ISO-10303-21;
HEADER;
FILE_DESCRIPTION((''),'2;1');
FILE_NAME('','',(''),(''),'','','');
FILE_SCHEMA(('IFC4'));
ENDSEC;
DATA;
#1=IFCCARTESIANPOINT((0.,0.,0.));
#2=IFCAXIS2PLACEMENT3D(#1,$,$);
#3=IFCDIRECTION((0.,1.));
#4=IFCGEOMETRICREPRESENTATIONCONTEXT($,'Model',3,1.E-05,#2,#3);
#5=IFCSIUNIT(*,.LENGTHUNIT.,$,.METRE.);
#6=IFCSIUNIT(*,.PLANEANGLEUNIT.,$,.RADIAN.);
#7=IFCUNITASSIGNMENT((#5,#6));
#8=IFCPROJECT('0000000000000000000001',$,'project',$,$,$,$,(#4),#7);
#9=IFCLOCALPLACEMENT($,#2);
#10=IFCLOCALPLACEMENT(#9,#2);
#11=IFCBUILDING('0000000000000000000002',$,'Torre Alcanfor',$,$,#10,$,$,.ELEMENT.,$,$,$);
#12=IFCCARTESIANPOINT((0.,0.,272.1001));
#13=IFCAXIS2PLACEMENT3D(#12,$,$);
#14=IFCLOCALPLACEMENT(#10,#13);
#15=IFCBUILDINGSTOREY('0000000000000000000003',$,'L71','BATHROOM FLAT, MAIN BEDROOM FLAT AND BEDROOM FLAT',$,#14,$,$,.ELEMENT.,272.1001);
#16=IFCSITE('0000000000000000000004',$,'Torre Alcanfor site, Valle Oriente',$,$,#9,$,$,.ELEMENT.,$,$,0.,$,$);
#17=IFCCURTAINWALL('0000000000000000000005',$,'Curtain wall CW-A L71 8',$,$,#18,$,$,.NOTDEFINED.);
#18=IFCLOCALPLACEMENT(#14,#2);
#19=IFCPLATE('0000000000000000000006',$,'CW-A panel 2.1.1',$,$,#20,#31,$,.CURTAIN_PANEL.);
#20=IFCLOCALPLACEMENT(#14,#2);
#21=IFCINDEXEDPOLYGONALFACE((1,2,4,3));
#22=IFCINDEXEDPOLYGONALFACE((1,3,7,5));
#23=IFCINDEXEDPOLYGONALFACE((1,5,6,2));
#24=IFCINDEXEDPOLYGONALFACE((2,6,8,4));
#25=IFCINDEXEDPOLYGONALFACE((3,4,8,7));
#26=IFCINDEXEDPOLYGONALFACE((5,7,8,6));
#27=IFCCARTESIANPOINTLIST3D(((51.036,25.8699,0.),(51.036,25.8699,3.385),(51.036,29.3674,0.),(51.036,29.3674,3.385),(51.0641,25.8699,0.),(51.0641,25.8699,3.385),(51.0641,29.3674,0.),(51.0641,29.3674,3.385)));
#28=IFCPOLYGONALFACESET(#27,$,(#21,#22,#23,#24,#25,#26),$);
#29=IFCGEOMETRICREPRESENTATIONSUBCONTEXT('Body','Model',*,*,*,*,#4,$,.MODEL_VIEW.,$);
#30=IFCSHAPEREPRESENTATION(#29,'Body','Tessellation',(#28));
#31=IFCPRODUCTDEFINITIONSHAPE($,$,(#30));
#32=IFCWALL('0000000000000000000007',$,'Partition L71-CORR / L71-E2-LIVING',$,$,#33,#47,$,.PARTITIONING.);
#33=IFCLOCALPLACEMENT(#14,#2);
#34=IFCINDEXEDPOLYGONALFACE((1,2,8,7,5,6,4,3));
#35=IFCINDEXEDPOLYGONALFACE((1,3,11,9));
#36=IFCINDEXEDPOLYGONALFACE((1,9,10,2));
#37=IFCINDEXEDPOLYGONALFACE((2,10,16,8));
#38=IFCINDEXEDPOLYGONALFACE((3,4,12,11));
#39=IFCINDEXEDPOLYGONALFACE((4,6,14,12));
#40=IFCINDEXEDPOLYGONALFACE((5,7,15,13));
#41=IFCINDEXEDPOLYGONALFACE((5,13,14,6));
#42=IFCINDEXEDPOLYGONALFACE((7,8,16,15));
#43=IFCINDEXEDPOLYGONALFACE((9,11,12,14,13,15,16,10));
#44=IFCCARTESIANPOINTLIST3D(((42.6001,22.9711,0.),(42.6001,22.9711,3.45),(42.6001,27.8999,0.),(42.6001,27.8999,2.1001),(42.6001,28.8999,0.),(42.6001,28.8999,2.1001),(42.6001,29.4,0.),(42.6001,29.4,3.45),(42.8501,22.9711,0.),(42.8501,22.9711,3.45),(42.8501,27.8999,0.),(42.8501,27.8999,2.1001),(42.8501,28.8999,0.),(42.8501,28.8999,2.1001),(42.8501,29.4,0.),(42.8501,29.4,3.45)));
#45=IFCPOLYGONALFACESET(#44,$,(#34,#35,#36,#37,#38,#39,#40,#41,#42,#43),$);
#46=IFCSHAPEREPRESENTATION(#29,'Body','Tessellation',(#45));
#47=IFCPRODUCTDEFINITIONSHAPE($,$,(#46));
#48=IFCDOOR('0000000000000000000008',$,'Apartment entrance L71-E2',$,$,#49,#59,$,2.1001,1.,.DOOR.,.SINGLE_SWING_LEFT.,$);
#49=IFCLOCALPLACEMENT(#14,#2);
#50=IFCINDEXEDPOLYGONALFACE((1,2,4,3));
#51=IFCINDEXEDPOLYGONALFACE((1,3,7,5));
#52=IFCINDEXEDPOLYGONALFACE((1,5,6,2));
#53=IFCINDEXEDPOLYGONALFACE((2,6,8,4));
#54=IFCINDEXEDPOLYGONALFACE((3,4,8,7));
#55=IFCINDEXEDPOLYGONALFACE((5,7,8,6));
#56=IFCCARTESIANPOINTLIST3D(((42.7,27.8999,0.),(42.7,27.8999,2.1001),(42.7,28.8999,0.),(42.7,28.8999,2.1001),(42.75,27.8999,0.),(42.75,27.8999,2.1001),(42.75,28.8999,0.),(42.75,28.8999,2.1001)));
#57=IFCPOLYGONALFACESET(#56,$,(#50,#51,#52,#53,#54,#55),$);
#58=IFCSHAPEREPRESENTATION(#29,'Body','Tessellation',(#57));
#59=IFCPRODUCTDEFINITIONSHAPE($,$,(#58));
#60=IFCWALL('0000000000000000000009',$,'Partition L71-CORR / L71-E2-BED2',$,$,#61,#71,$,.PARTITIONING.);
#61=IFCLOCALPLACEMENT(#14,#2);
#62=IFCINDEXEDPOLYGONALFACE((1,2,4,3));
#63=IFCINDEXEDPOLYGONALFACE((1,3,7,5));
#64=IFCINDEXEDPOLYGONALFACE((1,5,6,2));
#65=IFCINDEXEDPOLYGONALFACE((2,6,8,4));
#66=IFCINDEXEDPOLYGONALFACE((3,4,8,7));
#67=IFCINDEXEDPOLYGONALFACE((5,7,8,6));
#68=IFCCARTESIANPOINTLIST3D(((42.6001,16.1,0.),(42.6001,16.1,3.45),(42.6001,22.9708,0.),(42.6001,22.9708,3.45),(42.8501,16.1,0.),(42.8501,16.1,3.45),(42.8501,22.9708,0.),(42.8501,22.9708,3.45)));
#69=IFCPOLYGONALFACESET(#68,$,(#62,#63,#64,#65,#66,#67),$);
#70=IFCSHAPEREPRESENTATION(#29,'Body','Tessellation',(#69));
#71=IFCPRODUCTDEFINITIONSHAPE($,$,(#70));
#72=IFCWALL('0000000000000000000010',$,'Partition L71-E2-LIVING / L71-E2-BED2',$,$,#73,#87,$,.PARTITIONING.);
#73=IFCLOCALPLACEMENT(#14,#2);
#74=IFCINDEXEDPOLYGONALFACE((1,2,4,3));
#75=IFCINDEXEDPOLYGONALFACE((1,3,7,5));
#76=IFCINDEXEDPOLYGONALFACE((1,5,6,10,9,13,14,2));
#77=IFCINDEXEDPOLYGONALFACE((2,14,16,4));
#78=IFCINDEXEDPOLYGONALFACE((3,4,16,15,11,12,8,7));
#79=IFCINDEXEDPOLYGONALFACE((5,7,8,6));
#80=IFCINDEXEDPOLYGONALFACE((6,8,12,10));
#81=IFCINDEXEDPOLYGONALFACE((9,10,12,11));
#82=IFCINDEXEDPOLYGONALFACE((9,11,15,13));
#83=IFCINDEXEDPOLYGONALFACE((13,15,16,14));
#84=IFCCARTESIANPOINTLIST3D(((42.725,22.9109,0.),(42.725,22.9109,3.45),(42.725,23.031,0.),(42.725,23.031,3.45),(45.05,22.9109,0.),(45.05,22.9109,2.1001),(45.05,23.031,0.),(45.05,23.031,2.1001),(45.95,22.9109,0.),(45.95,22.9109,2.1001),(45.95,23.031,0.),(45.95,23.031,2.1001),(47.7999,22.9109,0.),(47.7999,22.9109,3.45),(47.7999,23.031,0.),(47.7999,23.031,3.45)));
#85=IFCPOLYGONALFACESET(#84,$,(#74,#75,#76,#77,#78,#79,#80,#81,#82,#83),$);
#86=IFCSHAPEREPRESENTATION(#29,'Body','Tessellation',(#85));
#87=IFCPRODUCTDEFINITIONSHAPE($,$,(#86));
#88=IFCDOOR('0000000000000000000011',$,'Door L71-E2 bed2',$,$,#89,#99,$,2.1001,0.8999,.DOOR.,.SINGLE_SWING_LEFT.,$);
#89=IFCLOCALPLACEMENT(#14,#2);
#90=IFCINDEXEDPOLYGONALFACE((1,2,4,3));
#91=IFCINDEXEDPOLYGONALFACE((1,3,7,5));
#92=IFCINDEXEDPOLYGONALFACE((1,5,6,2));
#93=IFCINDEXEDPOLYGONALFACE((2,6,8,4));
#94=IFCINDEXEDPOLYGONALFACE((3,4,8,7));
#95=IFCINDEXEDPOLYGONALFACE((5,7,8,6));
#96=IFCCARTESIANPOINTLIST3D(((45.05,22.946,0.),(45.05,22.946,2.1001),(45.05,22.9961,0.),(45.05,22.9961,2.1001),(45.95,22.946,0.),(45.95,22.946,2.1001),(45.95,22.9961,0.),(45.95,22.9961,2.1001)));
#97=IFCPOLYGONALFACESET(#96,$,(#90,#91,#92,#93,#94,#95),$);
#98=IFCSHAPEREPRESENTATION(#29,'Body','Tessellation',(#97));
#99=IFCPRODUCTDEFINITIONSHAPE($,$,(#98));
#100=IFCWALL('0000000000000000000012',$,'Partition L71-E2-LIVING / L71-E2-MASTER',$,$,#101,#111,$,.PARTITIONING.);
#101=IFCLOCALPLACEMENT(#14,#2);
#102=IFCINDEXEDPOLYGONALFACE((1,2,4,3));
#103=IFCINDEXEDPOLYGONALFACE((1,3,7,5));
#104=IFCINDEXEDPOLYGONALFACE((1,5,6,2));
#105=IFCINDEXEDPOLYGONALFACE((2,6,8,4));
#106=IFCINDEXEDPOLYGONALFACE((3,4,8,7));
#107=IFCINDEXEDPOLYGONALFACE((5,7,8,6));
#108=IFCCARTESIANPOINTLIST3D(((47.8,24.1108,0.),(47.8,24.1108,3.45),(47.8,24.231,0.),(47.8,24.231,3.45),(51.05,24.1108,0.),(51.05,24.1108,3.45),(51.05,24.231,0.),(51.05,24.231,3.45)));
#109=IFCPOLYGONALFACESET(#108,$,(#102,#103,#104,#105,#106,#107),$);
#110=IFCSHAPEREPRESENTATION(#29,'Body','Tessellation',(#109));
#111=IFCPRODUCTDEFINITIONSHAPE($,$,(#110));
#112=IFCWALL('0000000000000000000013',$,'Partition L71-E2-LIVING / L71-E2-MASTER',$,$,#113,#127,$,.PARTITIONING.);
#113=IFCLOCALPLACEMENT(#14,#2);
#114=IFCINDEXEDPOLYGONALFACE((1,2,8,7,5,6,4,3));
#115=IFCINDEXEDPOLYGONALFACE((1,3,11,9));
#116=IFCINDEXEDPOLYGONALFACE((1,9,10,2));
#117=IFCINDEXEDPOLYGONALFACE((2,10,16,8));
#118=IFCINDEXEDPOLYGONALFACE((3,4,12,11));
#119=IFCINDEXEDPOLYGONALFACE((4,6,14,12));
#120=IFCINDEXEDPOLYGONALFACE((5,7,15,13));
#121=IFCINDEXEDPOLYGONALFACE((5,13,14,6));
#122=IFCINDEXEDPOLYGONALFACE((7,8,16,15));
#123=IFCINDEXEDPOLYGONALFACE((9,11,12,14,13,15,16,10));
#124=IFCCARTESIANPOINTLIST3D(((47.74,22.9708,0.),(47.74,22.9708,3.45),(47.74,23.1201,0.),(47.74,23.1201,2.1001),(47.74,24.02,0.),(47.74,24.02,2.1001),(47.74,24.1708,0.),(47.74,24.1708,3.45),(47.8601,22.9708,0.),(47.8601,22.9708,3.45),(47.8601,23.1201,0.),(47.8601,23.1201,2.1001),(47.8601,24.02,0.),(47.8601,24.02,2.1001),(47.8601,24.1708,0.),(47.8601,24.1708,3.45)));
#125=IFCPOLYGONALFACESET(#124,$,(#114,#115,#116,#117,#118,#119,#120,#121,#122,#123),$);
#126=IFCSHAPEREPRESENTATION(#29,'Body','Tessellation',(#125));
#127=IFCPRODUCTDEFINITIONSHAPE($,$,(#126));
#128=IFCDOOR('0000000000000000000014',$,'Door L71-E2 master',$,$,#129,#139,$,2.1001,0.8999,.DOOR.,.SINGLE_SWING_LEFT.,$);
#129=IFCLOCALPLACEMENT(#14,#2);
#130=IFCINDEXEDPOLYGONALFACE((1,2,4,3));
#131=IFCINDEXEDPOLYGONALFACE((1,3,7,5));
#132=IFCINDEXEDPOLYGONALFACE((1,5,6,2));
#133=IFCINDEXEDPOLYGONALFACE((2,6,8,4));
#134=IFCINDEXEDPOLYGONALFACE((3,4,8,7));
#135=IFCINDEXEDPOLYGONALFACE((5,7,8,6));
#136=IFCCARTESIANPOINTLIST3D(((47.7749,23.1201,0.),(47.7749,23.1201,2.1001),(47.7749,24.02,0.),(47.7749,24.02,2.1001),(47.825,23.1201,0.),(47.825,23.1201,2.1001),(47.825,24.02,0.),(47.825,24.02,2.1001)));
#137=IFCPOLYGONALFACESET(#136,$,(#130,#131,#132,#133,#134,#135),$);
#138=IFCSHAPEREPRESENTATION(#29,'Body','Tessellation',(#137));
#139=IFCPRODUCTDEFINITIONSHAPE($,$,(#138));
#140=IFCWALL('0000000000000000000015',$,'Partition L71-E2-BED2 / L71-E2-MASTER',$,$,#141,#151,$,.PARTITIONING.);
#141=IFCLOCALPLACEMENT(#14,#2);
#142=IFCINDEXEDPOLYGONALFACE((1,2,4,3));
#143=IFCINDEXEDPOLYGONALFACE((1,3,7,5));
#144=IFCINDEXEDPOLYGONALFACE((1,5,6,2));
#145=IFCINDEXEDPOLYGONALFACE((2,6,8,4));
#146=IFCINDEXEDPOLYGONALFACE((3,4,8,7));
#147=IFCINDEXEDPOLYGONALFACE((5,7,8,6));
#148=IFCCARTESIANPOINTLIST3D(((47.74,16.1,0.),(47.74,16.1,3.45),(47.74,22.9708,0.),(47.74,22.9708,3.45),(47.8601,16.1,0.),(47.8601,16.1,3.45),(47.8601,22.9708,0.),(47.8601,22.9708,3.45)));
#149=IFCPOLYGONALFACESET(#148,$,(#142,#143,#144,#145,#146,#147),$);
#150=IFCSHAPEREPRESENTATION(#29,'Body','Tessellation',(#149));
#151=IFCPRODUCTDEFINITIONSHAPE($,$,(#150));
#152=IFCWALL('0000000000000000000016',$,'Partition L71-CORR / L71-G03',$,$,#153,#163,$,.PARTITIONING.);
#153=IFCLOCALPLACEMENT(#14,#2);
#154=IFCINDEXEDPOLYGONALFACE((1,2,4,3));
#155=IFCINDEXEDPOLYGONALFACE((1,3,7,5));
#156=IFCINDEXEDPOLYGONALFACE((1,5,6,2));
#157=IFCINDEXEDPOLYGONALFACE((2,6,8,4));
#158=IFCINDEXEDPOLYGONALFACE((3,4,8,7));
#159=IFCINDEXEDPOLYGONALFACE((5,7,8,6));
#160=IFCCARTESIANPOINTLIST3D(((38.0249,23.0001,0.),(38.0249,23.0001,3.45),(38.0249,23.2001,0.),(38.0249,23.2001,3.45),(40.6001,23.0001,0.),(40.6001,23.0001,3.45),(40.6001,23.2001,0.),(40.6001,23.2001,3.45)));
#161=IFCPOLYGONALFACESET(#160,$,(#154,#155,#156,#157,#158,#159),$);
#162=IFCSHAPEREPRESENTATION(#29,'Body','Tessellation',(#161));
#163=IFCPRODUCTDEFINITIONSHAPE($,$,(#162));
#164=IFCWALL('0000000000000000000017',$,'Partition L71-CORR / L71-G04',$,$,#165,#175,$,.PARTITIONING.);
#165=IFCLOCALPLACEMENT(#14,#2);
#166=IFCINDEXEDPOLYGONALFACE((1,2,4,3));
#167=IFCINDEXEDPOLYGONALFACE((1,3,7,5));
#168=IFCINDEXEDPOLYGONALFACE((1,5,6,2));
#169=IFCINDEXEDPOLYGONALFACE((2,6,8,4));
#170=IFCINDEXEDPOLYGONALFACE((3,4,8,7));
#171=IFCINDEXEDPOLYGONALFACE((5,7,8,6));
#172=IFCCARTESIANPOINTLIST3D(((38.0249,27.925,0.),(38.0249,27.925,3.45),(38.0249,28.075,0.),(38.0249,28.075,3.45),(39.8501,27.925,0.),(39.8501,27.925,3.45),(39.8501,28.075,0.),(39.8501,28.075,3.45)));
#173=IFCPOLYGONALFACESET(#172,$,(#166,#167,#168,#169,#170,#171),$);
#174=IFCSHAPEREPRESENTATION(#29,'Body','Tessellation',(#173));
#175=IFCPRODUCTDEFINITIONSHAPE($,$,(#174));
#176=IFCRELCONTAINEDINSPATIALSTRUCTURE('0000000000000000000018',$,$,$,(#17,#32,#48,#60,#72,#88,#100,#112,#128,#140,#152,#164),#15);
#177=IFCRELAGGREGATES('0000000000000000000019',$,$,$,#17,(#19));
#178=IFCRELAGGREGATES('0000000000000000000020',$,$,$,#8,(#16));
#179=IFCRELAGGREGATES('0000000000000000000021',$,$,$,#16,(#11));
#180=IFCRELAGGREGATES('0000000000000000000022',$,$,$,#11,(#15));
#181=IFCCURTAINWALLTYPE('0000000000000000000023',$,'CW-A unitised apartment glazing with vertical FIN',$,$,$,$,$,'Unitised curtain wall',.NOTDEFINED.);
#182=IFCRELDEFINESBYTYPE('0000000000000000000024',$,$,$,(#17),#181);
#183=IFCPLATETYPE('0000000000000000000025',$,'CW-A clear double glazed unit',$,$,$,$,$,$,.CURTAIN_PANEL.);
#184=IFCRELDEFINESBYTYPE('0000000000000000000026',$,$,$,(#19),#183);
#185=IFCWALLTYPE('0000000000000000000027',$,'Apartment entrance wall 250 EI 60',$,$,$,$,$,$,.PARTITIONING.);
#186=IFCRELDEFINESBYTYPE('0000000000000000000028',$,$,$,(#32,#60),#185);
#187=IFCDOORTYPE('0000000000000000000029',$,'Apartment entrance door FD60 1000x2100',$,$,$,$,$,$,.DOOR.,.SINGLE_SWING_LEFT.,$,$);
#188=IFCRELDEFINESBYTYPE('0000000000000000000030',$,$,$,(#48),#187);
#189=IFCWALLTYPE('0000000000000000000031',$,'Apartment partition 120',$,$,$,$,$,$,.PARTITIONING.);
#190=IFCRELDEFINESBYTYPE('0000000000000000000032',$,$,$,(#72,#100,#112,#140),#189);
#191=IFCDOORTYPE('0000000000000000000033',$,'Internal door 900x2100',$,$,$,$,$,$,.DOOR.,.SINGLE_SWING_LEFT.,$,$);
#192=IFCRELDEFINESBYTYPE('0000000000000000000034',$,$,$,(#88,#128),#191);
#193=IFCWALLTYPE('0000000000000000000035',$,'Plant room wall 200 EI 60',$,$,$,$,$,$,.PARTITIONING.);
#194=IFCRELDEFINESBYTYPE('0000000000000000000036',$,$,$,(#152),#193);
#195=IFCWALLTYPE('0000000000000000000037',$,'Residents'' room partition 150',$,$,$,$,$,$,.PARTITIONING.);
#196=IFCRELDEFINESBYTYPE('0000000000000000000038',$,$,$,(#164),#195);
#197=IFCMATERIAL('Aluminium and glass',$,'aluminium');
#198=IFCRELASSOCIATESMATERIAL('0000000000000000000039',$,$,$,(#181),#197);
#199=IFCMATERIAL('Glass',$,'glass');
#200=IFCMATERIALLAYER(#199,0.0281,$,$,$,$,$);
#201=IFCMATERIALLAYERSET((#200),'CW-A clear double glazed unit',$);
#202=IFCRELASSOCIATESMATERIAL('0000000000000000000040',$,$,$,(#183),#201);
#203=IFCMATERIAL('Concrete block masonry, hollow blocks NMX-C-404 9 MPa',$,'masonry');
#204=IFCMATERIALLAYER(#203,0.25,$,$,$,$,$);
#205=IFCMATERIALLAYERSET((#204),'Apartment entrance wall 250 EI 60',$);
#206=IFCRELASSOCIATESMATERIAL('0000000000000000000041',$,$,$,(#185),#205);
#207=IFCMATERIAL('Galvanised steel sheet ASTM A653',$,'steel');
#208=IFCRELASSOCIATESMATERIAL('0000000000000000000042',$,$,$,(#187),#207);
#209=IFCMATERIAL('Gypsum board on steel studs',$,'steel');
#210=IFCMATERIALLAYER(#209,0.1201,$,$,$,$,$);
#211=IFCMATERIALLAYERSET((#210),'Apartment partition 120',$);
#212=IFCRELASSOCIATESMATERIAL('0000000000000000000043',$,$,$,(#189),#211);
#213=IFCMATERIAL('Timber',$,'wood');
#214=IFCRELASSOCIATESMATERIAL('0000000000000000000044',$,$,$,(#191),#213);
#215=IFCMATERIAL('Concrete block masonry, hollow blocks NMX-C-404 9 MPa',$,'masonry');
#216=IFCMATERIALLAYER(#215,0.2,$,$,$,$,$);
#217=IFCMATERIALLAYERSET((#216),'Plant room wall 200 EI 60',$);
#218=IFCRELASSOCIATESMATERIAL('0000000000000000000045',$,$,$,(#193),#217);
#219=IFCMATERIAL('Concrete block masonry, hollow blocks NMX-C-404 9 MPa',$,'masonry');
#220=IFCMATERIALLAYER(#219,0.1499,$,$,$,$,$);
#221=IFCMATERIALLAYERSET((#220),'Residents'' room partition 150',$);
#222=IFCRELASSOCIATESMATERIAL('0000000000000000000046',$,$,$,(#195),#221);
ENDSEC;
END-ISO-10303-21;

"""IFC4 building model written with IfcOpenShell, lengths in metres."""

from ifc_helpers import new_model, si_unit, direction, frame, frame_2d, origin, origin_2d, place, context, subcontext, project, spatial, rectangle, extrude, material, layer, layer_set, type_object, element, fill, aggregate, save


model = new_model("IFC4")

# Units and contexts
model_context = context("Model", 3, precision=1e-05, world=origin(), true_north=direction((0.0, 1.0)))
body_context = subcontext(model_context, "Body", "Model", "MODEL_VIEW")
ifc_project = project(units=[si_unit("LENGTHUNIT", "METRE"), si_unit("PLANEANGLEUNIT", "RADIAN")], contexts=[model_context])

# Site, building, storey
site_placement = place(None, origin())
site = spatial("IfcSite", under=ifc_project, at=site_placement, Name="Torre Alcanfor site, Valle Oriente", CompositionType="ELEMENT", RefElevation=0.0)
building_placement = place(site_placement, origin())
building = spatial("IfcBuilding", under=site, at=building_placement, Name="Torre Alcanfor", CompositionType="ELEMENT")
storey_placement = place(building_placement, frame((0.0, 0.0, 272.1001)))
storey = spatial("IfcBuildingStorey", under=building, at=storey_placement, Name="L71", Description="BATHROOM FLAT, MAIN BEDROOM FLAT AND BEDROOM FLAT", CompositionType="ELEMENT", Elevation=272.1001)

# Curtain wall
ifc_material_1 = material(Name="Aluminium and glass", Category="aluminium")
curtain_wall_type = type_object("IfcCurtainWallType", Name="CW-A unitised apartment glazing with vertical FIN", ElementType="Unitised curtain wall", PredefinedType="NOTDEFINED", material=ifc_material_1)
curtain_wall_placement = place(storey_placement, origin())
curtain_wall = element("IfcCurtainWall", 1, at=curtain_wall_placement, inside=storey, type_object=curtain_wall_type, Name="Curtain wall CW-A L71 8", PredefinedType="NOTDEFINED")

# Plate
ifc_material_2 = material(Name="Glass", Category="glass")
ifc_layer_1 = layer(ifc_material_2, 0.0281)
ifc_layer_set_1 = layer_set([ifc_layer_1], Name="CW-A clear double glazed unit")
plate_type = type_object("IfcPlateType", Name="CW-A clear double glazed unit", PredefinedType="CURTAIN_PANEL", material=ifc_layer_set_1)
plate_placement = place(storey_placement, frame((51.05, 27.6187, 0.0), z_axis=(0.0, 0.0, 1.0), x_axis=(0.0, 1.0, 0.0)))
plate = element("IfcPlate", 2, at=plate_placement, type_object=plate_type, Name="CW-A panel 2.1.1", PredefinedType="CURTAIN_PANEL", context=body_context, shape_type="SweptSolid", body=[
    extrude(rectangle(XDim=3.4976, YDim=0.0281, at=origin_2d()), origin(), (0.0, 0.0, 1.0), 3.385),
])
aggregate(curtain_wall, [plate])

# Wall, opening, door
ifc_material_3 = material(Name="Concrete block masonry, hollow blocks NMX-C-404 9 MPa", Category="masonry")
ifc_layer_2 = layer(ifc_material_3, 0.25)
ifc_layer_set_2 = layer_set([ifc_layer_2], Name="Apartment entrance wall 250 EI 60")
wall_type_1 = type_object("IfcWallType", Name="Apartment entrance wall 250 EI 60", PredefinedType="PARTITIONING", material=ifc_layer_set_2)
wall_1_placement = place(storey_placement, frame((42.7251, 29.3999, 0.0), z_axis=(0.0, 0.0, 1.0), x_axis=(0.0, -1.0, 0.0)))
wall_1 = element("IfcWall", 3, at=wall_1_placement, inside=storey, type_object=wall_type_1, Name="Partition L71-CORR / L71-E2-LIVING", PredefinedType="PARTITIONING", context=body_context, shape_type="SweptSolid", body=[
    extrude(rectangle(XDim=6.429, YDim=0.25, at=frame_2d((3.2144, 0.0))), origin(), (0.0, 0.0, 1.0), 3.45),
])
opening_1_placement = place(wall_1_placement, frame((0.5, 0.0, 0.0)))
opening_1 = element("IfcOpeningElement", 4, at=opening_1_placement, cuts=wall_1, PredefinedType="OPENING", context=body_context, shape_type="SweptSolid", body=[
    extrude(rectangle(XDim=1.0, YDim=2.1001, at=frame_2d((0.5, 1.05))), frame((0.0, 0.135, 0.0), z_axis=(0.0, -1.0, 0.0), x_axis=(1.0, 0.0, 0.0)), (0.0, 0.0, 1.0), 0.27),
])
ifc_material_4 = material(Name="Galvanised steel sheet ASTM A653", Category="steel")
door_type_1 = type_object("IfcDoorType", Name="Apartment entrance door FD60 1000x2100", OperationType="SINGLE_SWING_LEFT", PredefinedType="DOOR", material=ifc_material_4)
door_1_placement = place(opening_1_placement, origin())
door_1 = element("IfcDoor", 5, at=door_1_placement, inside=storey, type_object=door_type_1, Name="Apartment entrance L71-E2", OperationType="SINGLE_SWING_LEFT", OverallHeight=2.1001, OverallWidth=1.0, PredefinedType="DOOR", context=body_context, shape_type="SweptSolid", body=[
    extrude(rectangle(XDim=1.0, YDim=2.1001, at=frame_2d((0.5, 1.05))), frame((0.0, 0.0249, 0.0), z_axis=(0.0, -1.0, 0.0), x_axis=(1.0, 0.0, 0.0)), (0.0, 0.0, 1.0), 0.05),
])
fill(opening_1, door_1)

# Wall
wall_2_placement = place(storey_placement, frame((42.7251, 22.9709, 0.0), z_axis=(0.0, 0.0, 1.0), x_axis=(0.0, -1.0, 0.0)))
element("IfcWall", 6, at=wall_2_placement, inside=storey, type_object=wall_type_1, Name="Partition L71-CORR / L71-E2-BED2", PredefinedType="PARTITIONING", context=body_context, shape_type="SweptSolid", body=[
    extrude(rectangle(XDim=6.8708, YDim=0.25, at=frame_2d((3.4355, 0.0))), origin(), (0.0, 0.0, 1.0), 3.45),
])

# Wall, opening, door
ifc_material_5 = material(Name="Gypsum board on steel studs", Category="steel")
ifc_layer_3 = layer(ifc_material_5, 0.1201)
ifc_layer_set_3 = layer_set([ifc_layer_3], Name="Apartment partition 120")
wall_type_2 = type_object("IfcWallType", Name="Apartment partition 120", PredefinedType="PARTITIONING", material=ifc_layer_set_3)
wall_3_placement = place(storey_placement, frame((47.8, 22.9709, 0.0), z_axis=(0.0, 0.0, 1.0), x_axis=(-1.0, 0.0, 0.0)))
wall_3 = element("IfcWall", 7, at=wall_3_placement, inside=storey, type_object=wall_type_2, Name="Partition L71-E2-LIVING / L71-E2-BED2", PredefinedType="PARTITIONING", context=body_context, shape_type="SweptSolid", body=[
    extrude(rectangle(XDim=5.075, YDim=0.1201, at=frame_2d((2.5376, 0.0))), origin(), (0.0, 0.0, 1.0), 3.45),
])
opening_2_placement = place(wall_3_placement, frame((1.8501, 0.0, 0.0)))
opening_2 = element("IfcOpeningElement", 8, at=opening_2_placement, cuts=wall_3, PredefinedType="OPENING", context=body_context, shape_type="SweptSolid", body=[
    extrude(rectangle(XDim=0.8999, YDim=2.1001, at=frame_2d((0.45, 1.05))), frame((0.0, 0.0701, 0.0), z_axis=(0.0, -1.0, 0.0), x_axis=(1.0, 0.0, 0.0)), (0.0, 0.0, 1.0), 0.1401),
])
ifc_material_6 = material(Name="Timber", Category="wood")
door_type_2 = type_object("IfcDoorType", Name="Internal door 900x2100", OperationType="SINGLE_SWING_LEFT", PredefinedType="DOOR", material=ifc_material_6)
door_2_placement = place(opening_2_placement, origin())
door_2 = element("IfcDoor", 9, at=door_2_placement, inside=storey, type_object=door_type_2, Name="Door L71-E2 bed2", OperationType="SINGLE_SWING_LEFT", OverallHeight=2.1001, OverallWidth=0.8999, PredefinedType="DOOR", context=body_context, shape_type="SweptSolid", body=[
    extrude(rectangle(XDim=0.8999, YDim=2.1001, at=frame_2d((0.45, 1.05))), frame((0.0, 0.0249, 0.0), z_axis=(0.0, -1.0, 0.0), x_axis=(1.0, 0.0, 0.0)), (0.0, 0.0, 1.0), 0.05),
])
fill(opening_2, door_2)

# Wall
wall_4_placement = place(storey_placement, frame((51.05, 24.1709, 0.0), z_axis=(0.0, 0.0, 1.0), x_axis=(-1.0, 0.0, 0.0)))
element("IfcWall", 10, at=wall_4_placement, inside=storey, type_object=wall_type_2, Name="Partition L71-E2-LIVING / L71-E2-MASTER", PredefinedType="PARTITIONING", context=body_context, shape_type="SweptSolid", body=[
    extrude(rectangle(XDim=3.25, YDim=0.1201, at=frame_2d((1.625, 0.0))), origin(), (0.0, 0.0, 1.0), 3.45),
])

# Wall, opening, door
wall_5_placement = place(storey_placement, frame((47.8, 24.1709, 0.0), z_axis=(0.0, 0.0, 1.0), x_axis=(0.0, -1.0, 0.0)))
wall_5 = element("IfcWall", 11, at=wall_5_placement, inside=storey, type_object=wall_type_2, Name="Partition L71-E2-LIVING / L71-E2-MASTER", PredefinedType="PARTITIONING", context=body_context, shape_type="SweptSolid", body=[
    extrude(rectangle(XDim=1.2, YDim=0.1201, at=frame_2d((0.6001, 0.0))), origin(), (0.0, 0.0, 1.0), 3.45),
])
opening_3_placement = place(wall_5_placement, frame((0.1509, 0.0, 0.0)))
opening_3 = element("IfcOpeningElement", 12, at=opening_3_placement, cuts=wall_5, PredefinedType="OPENING", context=body_context, shape_type="SweptSolid", body=[
    extrude(rectangle(XDim=0.8999, YDim=2.1001, at=frame_2d((0.45, 1.05))), frame((0.0, 0.0701, 0.0), z_axis=(0.0, -1.0, 0.0), x_axis=(1.0, 0.0, 0.0)), (0.0, 0.0, 1.0), 0.1401),
])
door_3_placement = place(opening_3_placement, origin())
door_3 = element("IfcDoor", 13, at=door_3_placement, inside=storey, type_object=door_type_2, Name="Door L71-E2 master", OperationType="SINGLE_SWING_LEFT", OverallHeight=2.1001, OverallWidth=0.8999, PredefinedType="DOOR", context=body_context, shape_type="SweptSolid", body=[
    extrude(rectangle(XDim=0.8999, YDim=2.1001, at=frame_2d((0.45, 1.05))), frame((0.0, 0.0249, 0.0), z_axis=(0.0, -1.0, 0.0), x_axis=(1.0, 0.0, 0.0)), (0.0, 0.0, 1.0), 0.05),
])
fill(opening_3, door_3)

# Walls
wall_6_placement = place(storey_placement, frame((47.8, 22.9709, 0.0), z_axis=(0.0, 0.0, 1.0), x_axis=(0.0, -1.0, 0.0)))
element("IfcWall", 14, at=wall_6_placement, inside=storey, type_object=wall_type_2, Name="Partition L71-E2-BED2 / L71-E2-MASTER", PredefinedType="PARTITIONING", context=body_context, shape_type="SweptSolid", body=[
    extrude(rectangle(XDim=6.8708, YDim=0.1201, at=frame_2d((3.4355, 0.0))), origin(), (0.0, 0.0, 1.0), 3.45),
])
ifc_material_7 = material(Name="Concrete block masonry, hollow blocks NMX-C-404 9 MPa", Category="masonry")
ifc_layer_4 = layer(ifc_material_7, 0.2)
ifc_layer_set_4 = layer_set([ifc_layer_4], Name="Plant room wall 200 EI 60")
wall_type_3 = type_object("IfcWallType", Name="Plant room wall 200 EI 60", PredefinedType="PARTITIONING", material=ifc_layer_set_4)
wall_7_placement = place(storey_placement, frame((40.6001, 23.1001, 0.0), z_axis=(0.0, 0.0, 1.0), x_axis=(-1.0, 0.0, 0.0)))
element("IfcWall", 15, at=wall_7_placement, inside=storey, type_object=wall_type_3, Name="Partition L71-CORR / L71-G03", PredefinedType="PARTITIONING", context=body_context, shape_type="SweptSolid", body=[
    extrude(rectangle(XDim=2.5752, YDim=0.2, at=frame_2d((1.2876, 0.0))), origin(), (0.0, 0.0, 1.0), 3.45),
])
ifc_material_8 = material(Name="Concrete block masonry, hollow blocks NMX-C-404 9 MPa", Category="masonry")
ifc_layer_5 = layer(ifc_material_8, 0.1499)
ifc_layer_set_5 = layer_set([ifc_layer_5], Name="Residents' room partition 150")
wall_type_4 = type_object("IfcWallType", Name="Residents' room partition 150", PredefinedType="PARTITIONING", material=ifc_layer_set_5)
wall_8_placement = place(storey_placement, frame((38.0249, 28.0, 0.0), z_axis=(0.0, 0.0, 1.0), x_axis=(1.0, 0.0, 0.0)))
element("IfcWall", 16, at=wall_8_placement, inside=storey, type_object=wall_type_4, Name="Partition L71-CORR / L71-G04", PredefinedType="PARTITIONING", context=body_context, shape_type="SweptSolid", body=[
    extrude(rectangle(XDim=1.8252, YDim=0.1499, at=frame_2d((0.9126, 0.0))), origin(), (0.0, 0.0, 1.0), 3.45),
])

save(model, "model.ifc")
